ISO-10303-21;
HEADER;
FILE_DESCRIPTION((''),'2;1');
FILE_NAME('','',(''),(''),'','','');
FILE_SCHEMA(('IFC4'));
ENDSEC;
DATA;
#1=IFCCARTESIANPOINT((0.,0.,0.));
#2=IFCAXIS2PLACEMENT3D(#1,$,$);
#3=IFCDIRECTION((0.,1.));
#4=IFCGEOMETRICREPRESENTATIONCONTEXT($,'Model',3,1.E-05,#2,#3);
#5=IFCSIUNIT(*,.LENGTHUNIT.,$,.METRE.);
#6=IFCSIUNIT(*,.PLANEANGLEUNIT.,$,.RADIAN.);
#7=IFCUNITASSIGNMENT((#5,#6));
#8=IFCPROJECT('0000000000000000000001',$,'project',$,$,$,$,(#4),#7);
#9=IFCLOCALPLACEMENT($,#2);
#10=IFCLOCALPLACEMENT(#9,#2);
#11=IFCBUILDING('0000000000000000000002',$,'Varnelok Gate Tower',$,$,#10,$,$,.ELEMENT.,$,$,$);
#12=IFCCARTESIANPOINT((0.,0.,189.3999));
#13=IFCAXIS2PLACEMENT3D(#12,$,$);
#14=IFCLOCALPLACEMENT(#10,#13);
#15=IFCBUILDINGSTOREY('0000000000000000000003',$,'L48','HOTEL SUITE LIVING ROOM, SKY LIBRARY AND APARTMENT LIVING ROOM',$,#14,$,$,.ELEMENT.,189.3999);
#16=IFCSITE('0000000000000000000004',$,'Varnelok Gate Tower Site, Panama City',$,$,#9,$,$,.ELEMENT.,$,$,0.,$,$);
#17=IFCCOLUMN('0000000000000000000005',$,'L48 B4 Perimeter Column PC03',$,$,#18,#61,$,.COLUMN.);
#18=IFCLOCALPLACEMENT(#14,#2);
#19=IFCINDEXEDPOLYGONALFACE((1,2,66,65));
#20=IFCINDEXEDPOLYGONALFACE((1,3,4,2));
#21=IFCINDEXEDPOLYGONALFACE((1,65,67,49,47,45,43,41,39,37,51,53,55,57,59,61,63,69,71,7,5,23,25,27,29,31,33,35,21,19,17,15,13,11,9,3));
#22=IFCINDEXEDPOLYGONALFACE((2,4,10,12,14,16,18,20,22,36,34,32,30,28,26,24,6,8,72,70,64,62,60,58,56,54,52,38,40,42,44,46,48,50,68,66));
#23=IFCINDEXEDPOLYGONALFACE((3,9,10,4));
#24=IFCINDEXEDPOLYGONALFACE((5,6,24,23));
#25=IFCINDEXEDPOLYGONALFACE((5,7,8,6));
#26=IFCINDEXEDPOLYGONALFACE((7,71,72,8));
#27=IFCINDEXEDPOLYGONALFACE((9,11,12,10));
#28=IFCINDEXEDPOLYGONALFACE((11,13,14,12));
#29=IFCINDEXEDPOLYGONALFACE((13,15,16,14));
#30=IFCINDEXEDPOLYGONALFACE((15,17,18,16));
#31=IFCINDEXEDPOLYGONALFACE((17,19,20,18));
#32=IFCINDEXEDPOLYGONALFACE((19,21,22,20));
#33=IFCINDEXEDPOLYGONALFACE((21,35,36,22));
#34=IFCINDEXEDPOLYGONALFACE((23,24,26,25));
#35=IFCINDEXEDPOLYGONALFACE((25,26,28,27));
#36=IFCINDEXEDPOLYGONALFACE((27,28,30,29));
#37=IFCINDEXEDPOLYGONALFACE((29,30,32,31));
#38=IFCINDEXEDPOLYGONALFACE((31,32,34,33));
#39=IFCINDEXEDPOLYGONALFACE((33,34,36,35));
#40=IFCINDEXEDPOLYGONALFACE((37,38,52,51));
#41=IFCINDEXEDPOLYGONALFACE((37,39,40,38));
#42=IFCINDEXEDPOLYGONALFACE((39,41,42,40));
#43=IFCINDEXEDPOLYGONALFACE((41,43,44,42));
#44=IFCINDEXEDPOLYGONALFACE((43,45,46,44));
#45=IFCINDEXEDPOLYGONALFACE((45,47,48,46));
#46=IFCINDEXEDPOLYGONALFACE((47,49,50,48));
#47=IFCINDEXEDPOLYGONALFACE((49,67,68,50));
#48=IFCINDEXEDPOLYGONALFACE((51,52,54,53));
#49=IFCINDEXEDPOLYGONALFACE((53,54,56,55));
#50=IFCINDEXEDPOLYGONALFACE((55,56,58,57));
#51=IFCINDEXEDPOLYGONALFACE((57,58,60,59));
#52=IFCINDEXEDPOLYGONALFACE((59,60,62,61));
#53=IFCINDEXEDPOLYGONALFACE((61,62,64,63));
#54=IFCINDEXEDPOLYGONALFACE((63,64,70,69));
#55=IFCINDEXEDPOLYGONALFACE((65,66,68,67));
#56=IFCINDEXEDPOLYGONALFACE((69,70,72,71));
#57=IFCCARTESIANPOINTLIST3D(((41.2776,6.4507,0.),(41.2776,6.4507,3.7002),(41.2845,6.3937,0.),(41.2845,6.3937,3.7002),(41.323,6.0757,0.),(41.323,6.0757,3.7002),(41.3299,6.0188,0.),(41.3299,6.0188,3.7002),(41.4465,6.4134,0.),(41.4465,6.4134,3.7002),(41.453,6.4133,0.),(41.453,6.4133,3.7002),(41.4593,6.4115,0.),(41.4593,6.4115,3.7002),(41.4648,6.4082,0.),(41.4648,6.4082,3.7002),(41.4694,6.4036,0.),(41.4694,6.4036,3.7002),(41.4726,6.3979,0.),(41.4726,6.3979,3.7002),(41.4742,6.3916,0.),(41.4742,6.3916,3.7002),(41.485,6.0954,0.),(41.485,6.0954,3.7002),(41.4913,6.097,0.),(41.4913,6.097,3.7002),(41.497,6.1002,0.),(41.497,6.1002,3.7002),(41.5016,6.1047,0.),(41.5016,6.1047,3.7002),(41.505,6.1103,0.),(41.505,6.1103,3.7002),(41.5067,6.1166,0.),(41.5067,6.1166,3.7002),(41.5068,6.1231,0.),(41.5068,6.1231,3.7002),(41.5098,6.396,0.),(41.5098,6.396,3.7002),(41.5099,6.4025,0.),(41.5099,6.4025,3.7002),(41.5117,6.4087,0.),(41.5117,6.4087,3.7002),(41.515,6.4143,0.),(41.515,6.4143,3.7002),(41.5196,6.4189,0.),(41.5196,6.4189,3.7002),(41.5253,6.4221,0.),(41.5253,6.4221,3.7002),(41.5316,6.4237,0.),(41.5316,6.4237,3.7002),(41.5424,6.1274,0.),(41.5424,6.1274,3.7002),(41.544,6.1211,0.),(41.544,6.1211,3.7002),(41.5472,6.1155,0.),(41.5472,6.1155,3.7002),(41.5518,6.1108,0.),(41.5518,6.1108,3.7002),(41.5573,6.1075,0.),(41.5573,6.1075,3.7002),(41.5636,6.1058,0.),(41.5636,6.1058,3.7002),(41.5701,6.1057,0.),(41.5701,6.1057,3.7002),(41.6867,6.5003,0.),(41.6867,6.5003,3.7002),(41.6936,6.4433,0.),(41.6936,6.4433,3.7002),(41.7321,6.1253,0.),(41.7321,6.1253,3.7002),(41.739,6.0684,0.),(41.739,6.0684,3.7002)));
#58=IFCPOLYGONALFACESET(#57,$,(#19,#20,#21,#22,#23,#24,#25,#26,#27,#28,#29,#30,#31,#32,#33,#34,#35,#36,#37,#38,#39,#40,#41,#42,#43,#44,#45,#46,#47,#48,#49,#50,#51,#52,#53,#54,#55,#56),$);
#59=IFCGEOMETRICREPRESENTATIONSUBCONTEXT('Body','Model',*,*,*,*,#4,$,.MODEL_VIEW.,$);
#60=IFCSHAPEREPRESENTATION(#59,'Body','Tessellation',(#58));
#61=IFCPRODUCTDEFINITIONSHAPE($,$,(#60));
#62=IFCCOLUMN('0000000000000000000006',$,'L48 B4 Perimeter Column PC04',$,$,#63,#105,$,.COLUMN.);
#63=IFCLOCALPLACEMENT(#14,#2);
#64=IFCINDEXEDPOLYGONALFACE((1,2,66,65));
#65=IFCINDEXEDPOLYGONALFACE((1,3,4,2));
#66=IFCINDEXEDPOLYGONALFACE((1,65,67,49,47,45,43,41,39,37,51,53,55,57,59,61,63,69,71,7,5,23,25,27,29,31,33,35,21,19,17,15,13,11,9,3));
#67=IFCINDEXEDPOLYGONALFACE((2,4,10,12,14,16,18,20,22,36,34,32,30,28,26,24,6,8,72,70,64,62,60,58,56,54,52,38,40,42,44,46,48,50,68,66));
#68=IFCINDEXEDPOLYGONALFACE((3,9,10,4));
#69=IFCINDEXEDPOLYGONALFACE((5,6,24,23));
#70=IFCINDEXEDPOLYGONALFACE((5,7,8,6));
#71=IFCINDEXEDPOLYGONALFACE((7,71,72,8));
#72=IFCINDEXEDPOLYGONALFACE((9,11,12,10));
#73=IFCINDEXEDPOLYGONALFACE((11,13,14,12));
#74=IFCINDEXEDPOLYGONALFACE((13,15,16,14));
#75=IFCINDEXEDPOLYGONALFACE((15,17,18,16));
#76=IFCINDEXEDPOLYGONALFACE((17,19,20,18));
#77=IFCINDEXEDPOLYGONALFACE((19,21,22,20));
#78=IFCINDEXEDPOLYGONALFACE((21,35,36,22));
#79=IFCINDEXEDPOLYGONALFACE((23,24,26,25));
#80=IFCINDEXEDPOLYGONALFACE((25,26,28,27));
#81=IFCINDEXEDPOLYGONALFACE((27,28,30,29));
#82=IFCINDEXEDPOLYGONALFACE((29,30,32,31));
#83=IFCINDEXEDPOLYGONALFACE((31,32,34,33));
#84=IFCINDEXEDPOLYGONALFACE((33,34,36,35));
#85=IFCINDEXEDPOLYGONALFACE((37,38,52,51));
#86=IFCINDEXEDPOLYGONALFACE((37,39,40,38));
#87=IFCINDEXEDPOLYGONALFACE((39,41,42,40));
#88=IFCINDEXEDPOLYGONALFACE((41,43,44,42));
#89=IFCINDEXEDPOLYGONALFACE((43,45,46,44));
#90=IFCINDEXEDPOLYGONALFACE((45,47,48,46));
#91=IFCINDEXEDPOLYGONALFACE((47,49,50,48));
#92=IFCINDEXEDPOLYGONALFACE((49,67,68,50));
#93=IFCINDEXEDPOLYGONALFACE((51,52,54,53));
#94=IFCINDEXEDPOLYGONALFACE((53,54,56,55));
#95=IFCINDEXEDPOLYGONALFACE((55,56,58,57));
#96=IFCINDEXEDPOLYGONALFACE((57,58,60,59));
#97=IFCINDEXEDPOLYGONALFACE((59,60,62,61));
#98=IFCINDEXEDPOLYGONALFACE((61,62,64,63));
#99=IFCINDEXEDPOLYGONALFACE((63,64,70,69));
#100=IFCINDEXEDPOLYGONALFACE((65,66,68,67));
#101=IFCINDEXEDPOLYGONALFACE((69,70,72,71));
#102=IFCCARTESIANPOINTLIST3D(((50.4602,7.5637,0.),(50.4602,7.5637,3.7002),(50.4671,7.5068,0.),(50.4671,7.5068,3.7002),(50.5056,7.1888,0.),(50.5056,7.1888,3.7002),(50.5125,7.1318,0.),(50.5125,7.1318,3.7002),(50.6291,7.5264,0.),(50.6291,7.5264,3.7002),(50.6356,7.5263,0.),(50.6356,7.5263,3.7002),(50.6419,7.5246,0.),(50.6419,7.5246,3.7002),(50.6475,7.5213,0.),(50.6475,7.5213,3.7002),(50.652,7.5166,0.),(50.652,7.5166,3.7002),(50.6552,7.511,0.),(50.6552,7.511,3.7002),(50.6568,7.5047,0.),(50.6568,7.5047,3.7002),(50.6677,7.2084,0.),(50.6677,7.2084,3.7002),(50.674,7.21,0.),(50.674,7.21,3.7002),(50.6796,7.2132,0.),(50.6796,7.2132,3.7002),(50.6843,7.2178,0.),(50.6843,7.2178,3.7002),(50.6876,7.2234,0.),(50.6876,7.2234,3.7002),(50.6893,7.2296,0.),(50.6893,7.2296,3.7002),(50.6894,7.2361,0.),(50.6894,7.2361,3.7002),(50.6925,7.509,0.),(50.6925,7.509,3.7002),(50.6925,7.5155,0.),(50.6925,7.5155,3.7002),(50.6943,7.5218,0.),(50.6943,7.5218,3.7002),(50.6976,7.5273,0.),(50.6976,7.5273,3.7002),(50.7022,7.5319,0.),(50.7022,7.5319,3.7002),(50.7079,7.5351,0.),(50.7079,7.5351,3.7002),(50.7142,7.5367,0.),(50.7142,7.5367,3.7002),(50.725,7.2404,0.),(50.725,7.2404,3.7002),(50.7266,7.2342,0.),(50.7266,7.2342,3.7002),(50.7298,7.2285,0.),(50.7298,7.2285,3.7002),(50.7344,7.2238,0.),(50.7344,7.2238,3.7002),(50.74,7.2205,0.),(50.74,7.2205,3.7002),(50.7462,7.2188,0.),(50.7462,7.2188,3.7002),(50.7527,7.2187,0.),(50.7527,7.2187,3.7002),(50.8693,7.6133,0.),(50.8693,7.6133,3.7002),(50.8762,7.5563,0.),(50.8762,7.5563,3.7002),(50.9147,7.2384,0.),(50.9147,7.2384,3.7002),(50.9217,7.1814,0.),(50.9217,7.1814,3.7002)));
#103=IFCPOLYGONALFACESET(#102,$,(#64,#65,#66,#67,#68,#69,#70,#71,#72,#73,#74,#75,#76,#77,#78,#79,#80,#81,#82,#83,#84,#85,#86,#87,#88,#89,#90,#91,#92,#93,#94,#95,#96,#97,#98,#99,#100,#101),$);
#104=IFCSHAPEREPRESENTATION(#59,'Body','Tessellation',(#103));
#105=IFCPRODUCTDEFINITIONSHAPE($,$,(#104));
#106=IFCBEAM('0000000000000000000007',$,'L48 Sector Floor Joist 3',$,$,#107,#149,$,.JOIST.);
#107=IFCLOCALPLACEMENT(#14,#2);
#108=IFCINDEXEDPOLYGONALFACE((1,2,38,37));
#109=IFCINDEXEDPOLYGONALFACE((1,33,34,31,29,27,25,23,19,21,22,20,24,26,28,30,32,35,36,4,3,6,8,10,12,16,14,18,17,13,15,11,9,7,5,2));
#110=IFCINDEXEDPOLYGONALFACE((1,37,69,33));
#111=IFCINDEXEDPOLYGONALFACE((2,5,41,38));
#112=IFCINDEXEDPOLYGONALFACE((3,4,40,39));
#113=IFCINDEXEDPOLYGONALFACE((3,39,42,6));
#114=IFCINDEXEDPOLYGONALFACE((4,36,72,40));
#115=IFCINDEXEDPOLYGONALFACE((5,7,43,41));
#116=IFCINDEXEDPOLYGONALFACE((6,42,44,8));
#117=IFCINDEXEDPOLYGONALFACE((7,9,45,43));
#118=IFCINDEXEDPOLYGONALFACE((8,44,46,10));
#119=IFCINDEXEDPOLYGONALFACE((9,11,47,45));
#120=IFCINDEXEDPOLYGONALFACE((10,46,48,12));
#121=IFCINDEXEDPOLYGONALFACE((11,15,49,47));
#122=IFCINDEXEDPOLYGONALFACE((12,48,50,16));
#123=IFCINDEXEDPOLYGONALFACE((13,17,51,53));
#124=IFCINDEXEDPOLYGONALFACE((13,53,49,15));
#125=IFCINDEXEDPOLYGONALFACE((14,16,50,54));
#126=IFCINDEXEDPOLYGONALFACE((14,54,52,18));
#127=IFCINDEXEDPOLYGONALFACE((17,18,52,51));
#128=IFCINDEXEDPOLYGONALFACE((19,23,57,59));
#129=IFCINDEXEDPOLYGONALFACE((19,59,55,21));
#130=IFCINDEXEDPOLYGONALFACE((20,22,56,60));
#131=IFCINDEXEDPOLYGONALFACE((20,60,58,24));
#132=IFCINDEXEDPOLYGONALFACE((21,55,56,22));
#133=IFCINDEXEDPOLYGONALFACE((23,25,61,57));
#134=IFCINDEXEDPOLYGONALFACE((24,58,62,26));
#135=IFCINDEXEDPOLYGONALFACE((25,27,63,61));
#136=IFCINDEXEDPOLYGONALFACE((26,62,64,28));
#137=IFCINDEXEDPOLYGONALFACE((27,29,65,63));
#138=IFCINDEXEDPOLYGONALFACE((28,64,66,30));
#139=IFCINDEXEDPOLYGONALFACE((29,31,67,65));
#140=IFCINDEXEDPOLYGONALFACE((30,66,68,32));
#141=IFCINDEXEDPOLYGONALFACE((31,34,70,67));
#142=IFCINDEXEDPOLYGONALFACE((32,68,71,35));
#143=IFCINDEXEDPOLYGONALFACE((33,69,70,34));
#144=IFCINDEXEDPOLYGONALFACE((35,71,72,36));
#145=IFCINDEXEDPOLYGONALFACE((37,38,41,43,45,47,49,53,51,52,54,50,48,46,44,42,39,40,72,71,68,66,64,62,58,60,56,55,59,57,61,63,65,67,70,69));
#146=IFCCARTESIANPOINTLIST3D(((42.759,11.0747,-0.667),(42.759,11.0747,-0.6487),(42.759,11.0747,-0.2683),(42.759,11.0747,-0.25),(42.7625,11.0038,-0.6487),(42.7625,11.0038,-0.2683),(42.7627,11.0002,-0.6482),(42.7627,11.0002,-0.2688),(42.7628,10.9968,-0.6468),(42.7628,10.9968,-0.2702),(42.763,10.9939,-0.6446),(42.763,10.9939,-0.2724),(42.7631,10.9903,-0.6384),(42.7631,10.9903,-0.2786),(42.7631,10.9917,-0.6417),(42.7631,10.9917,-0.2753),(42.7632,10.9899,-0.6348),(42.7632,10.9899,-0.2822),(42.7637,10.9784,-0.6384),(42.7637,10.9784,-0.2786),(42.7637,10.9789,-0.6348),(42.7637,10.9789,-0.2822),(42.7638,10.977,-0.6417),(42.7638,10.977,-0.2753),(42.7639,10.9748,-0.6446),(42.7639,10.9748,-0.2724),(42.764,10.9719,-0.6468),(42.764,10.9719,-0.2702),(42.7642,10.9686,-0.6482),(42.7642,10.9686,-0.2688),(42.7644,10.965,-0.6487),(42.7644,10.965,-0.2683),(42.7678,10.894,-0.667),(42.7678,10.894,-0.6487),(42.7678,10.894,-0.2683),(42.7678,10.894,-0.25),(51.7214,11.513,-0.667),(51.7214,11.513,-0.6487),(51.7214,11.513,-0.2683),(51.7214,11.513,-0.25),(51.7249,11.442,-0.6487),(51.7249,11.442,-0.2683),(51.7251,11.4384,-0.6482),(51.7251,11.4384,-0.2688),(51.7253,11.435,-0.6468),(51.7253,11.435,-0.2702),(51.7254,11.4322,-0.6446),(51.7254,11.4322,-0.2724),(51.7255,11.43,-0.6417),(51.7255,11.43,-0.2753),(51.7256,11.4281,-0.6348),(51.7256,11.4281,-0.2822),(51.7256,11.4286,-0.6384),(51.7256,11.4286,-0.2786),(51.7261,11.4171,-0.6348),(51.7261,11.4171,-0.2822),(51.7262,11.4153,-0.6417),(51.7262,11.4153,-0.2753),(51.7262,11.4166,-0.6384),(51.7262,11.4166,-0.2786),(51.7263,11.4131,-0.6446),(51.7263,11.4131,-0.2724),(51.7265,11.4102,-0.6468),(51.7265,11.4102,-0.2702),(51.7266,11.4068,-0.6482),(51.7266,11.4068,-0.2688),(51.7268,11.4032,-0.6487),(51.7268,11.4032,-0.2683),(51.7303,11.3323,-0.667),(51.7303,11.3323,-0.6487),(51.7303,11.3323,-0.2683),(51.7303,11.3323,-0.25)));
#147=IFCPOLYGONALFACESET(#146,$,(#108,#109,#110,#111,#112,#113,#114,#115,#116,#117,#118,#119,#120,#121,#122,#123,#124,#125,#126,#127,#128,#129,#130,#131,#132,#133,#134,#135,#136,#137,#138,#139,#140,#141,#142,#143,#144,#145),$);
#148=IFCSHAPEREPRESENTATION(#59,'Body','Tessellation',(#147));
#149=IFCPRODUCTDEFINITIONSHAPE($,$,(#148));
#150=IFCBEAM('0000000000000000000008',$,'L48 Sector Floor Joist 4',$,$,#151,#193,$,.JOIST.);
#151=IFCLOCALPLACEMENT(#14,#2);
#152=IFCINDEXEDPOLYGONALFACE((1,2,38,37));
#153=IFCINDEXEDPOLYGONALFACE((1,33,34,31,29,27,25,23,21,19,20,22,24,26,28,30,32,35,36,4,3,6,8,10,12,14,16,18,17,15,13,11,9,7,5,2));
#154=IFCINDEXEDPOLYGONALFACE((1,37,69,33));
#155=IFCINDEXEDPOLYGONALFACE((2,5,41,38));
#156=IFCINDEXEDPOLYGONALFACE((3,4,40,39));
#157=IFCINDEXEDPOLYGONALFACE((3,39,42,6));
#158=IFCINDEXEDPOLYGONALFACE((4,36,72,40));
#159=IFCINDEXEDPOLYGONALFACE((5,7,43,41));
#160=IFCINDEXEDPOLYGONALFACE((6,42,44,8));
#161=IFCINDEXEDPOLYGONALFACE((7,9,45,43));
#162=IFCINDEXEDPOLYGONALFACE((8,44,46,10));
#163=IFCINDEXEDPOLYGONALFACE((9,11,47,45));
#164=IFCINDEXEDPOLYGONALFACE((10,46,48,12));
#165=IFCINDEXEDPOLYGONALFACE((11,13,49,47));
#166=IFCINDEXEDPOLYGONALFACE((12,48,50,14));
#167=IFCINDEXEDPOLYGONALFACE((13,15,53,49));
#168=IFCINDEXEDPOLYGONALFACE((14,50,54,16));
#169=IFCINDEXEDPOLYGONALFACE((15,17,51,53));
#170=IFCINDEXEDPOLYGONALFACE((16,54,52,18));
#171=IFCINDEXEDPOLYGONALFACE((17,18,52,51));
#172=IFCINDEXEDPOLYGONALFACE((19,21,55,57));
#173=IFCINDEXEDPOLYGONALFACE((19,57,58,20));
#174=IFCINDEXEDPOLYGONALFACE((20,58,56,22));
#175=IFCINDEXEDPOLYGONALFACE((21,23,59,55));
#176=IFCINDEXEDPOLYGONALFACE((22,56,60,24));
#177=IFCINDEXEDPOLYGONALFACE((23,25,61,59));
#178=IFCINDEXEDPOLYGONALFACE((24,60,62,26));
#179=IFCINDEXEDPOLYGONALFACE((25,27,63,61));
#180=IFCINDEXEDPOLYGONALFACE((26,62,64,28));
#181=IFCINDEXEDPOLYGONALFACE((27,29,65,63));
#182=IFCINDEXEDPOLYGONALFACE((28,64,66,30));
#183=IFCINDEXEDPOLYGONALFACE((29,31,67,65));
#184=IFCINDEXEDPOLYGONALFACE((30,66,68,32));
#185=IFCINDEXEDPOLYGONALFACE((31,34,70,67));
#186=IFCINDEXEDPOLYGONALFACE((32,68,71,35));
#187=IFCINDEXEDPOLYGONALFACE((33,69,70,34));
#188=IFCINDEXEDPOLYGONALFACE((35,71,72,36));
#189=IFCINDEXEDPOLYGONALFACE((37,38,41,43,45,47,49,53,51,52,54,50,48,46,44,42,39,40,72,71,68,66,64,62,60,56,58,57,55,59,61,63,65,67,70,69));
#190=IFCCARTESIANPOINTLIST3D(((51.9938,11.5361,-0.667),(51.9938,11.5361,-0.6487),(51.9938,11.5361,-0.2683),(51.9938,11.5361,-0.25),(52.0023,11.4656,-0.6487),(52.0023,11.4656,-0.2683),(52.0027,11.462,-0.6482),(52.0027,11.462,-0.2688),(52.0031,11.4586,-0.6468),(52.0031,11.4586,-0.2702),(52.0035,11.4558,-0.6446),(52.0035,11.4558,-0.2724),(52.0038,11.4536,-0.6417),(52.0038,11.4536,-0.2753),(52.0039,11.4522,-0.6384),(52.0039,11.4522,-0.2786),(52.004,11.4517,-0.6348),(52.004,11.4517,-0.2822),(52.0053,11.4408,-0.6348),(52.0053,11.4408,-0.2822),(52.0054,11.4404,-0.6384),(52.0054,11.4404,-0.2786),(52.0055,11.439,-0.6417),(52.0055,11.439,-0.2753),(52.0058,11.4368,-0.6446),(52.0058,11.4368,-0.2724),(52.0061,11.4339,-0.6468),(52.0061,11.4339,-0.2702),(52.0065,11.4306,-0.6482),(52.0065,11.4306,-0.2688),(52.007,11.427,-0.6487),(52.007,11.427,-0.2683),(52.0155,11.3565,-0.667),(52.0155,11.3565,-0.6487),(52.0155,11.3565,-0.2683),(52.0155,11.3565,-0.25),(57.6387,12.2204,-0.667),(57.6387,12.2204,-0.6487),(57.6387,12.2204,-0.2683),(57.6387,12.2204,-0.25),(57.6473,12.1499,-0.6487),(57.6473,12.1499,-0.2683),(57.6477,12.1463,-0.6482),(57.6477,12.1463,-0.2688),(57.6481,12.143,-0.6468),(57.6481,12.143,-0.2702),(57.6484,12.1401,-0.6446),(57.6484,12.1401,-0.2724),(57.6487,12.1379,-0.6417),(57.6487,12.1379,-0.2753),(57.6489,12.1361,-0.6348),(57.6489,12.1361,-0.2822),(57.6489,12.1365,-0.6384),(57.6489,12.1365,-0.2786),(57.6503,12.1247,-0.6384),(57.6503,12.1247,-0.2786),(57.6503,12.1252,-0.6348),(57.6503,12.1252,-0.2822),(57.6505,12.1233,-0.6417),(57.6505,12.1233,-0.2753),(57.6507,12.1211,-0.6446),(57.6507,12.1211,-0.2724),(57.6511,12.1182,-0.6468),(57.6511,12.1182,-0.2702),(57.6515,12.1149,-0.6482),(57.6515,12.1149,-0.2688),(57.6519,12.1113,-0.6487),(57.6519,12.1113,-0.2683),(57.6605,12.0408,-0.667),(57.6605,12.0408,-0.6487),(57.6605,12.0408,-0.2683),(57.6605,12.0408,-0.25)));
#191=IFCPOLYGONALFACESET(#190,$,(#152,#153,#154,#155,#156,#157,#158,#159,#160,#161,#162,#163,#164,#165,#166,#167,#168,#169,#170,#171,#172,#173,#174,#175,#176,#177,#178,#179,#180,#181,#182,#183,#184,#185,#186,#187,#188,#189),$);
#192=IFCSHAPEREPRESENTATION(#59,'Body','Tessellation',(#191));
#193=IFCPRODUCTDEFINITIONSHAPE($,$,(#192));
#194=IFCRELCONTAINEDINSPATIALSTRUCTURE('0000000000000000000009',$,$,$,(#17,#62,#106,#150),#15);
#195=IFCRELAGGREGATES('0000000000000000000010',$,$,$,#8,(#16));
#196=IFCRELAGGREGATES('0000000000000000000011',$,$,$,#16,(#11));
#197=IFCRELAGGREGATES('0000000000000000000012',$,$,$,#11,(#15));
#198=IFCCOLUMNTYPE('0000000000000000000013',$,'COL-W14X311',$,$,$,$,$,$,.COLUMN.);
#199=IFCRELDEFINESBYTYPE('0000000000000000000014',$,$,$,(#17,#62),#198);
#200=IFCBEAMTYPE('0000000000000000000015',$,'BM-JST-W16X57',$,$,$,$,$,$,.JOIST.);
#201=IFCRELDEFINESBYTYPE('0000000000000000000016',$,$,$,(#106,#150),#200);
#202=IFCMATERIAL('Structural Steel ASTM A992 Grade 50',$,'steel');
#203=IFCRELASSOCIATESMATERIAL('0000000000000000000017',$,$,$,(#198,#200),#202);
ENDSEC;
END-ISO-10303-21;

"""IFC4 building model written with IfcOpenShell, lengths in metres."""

from ifc_helpers import new_model, si_unit, direction, frame, origin, origin_2d, place, context, subcontext, project, spatial, i_section, extrude, material, material_profile, profile_set, type_object, element, save


model = new_model("IFC4")

# Units and contexts
model_context = context("Model", 3, precision=1e-05, world=origin(), true_north=direction((0.0, 1.0)))
body_context = subcontext(model_context, "Body", "Model", "MODEL_VIEW")
ifc_project = project(units=[si_unit("LENGTHUNIT", "METRE"), si_unit("PLANEANGLEUNIT", "RADIAN")], contexts=[model_context])

# Site, building, storey
site_placement = place(None, origin())
site = spatial("IfcSite", under=ifc_project, at=site_placement, Name="Varnelok Gate Tower Site, Panama City", CompositionType="ELEMENT", RefElevation=0.0)
building_placement = place(site_placement, origin())
building = spatial("IfcBuilding", under=site, at=building_placement, Name="Varnelok Gate Tower", CompositionType="ELEMENT")
storey_placement = place(building_placement, frame((0.0, 0.0, 189.3999)))
storey = spatial("IfcBuildingStorey", under=building, at=storey_placement, Name="L48", Description="HOTEL SUITE LIVING ROOM, SKY LIBRARY AND APARTMENT LIVING ROOM", CompositionType="ELEMENT", Elevation=189.3999)

# Columns
ifc_material_1 = material(Name="Structural Steel ASTM A992 Grade 50", Category="steel")
ifc_material_profile_1 = material_profile(ifc_material_1, i_section(OverallWidth=0.4121, OverallDepth=0.4351, WebThickness=0.0359, FlangeThickness=0.0574, FilletRadius=0.0249, at=origin_2d()), Name="W14X311")
ifc_profile_set_1 = profile_set([ifc_material_profile_1], Name="Structural Steel ASTM A992 Grade 50")
column_type = type_object("IfcColumnType", Name="COL-W14X311", PredefinedType="COLUMN", material=ifc_profile_set_1)
for number, where, z_axis, x_axis, name in (
    (1, (41.5083, 6.2595, 0.0), (0.0, 0.0, 1.0), (0.992732, 0.120345, 0.0), "L48 B4 Perimeter Column PC03"),
    (2, (50.6909, 7.3726, 0.0), (0.0, 0.0, 1.0), (0.992732, 0.120345, 0.0), "L48 B4 Perimeter Column PC04"),
):
    element("IfcColumn", number, at=place(storey_placement, frame(where, z_axis=z_axis, x_axis=x_axis)), inside=storey, type_object=column_type, Name=name, PredefinedType="COLUMN", context=body_context, shape_type="SweptSolid", body=[
        extrude(i_section(OverallWidth=0.4121, OverallDepth=0.4351, WebThickness=0.0359, FlangeThickness=0.0574, FilletRadius=0.0249, at=origin_2d()), origin(), (0.0, 0.0, 1.0), 3.7002),
    ])

# Beams
ifc_material_profile_2 = material_profile(ifc_material_1, i_section(OverallWidth=0.1809, OverallDepth=0.417, WebThickness=0.011, FlangeThickness=0.0183, FilletRadius=0.0139, at=origin_2d()), Name="W16X57")
ifc_profile_set_2 = profile_set([ifc_material_profile_2], Name="Structural Steel ASTM A992 Grade 50")
beam_type_1 = type_object("IfcBeamType", Name="BM-JST-W16X57", PredefinedType="JOIST", material=ifc_profile_set_2)
beam_1_placement = place(storey_placement, frame((42.7634, 10.9844, -0.4585), z_axis=(0.998807, 0.048838, 0.0), x_axis=(-0.048838, 0.998807, 0.0)))
element("IfcBeam", 3, at=beam_1_placement, inside=storey, type_object=beam_type_1, Name="L48 Sector Floor Joist 3", PredefinedType="JOIST", context=body_context, shape_type="SweptSolid", body=[
    extrude(i_section(OverallWidth=0.1809, OverallDepth=0.417, WebThickness=0.011, FlangeThickness=0.0183, FilletRadius=0.0139, at=origin_2d()), origin(), (0.0, 0.0, 1.0), 8.9731),
])
beam_2_placement = place(storey_placement, frame((52.0046, 11.4463, -0.4585), z_axis=(0.992732, 0.120345, 0.0), x_axis=(-0.120345, 0.992732, 0.0)))
element("IfcBeam", 4, at=beam_2_placement, inside=storey, type_object=beam_type_1, Name="L48 Sector Floor Joist 4", PredefinedType="JOIST", context=body_context, shape_type="SweptSolid", body=[
    extrude(i_section(OverallWidth=0.1809, OverallDepth=0.417, WebThickness=0.011, FlangeThickness=0.0183, FilletRadius=0.0139, at=origin_2d()), origin(), (0.0, 0.0, 1.0), 5.6863),
])

save(model, "model.ifc")
